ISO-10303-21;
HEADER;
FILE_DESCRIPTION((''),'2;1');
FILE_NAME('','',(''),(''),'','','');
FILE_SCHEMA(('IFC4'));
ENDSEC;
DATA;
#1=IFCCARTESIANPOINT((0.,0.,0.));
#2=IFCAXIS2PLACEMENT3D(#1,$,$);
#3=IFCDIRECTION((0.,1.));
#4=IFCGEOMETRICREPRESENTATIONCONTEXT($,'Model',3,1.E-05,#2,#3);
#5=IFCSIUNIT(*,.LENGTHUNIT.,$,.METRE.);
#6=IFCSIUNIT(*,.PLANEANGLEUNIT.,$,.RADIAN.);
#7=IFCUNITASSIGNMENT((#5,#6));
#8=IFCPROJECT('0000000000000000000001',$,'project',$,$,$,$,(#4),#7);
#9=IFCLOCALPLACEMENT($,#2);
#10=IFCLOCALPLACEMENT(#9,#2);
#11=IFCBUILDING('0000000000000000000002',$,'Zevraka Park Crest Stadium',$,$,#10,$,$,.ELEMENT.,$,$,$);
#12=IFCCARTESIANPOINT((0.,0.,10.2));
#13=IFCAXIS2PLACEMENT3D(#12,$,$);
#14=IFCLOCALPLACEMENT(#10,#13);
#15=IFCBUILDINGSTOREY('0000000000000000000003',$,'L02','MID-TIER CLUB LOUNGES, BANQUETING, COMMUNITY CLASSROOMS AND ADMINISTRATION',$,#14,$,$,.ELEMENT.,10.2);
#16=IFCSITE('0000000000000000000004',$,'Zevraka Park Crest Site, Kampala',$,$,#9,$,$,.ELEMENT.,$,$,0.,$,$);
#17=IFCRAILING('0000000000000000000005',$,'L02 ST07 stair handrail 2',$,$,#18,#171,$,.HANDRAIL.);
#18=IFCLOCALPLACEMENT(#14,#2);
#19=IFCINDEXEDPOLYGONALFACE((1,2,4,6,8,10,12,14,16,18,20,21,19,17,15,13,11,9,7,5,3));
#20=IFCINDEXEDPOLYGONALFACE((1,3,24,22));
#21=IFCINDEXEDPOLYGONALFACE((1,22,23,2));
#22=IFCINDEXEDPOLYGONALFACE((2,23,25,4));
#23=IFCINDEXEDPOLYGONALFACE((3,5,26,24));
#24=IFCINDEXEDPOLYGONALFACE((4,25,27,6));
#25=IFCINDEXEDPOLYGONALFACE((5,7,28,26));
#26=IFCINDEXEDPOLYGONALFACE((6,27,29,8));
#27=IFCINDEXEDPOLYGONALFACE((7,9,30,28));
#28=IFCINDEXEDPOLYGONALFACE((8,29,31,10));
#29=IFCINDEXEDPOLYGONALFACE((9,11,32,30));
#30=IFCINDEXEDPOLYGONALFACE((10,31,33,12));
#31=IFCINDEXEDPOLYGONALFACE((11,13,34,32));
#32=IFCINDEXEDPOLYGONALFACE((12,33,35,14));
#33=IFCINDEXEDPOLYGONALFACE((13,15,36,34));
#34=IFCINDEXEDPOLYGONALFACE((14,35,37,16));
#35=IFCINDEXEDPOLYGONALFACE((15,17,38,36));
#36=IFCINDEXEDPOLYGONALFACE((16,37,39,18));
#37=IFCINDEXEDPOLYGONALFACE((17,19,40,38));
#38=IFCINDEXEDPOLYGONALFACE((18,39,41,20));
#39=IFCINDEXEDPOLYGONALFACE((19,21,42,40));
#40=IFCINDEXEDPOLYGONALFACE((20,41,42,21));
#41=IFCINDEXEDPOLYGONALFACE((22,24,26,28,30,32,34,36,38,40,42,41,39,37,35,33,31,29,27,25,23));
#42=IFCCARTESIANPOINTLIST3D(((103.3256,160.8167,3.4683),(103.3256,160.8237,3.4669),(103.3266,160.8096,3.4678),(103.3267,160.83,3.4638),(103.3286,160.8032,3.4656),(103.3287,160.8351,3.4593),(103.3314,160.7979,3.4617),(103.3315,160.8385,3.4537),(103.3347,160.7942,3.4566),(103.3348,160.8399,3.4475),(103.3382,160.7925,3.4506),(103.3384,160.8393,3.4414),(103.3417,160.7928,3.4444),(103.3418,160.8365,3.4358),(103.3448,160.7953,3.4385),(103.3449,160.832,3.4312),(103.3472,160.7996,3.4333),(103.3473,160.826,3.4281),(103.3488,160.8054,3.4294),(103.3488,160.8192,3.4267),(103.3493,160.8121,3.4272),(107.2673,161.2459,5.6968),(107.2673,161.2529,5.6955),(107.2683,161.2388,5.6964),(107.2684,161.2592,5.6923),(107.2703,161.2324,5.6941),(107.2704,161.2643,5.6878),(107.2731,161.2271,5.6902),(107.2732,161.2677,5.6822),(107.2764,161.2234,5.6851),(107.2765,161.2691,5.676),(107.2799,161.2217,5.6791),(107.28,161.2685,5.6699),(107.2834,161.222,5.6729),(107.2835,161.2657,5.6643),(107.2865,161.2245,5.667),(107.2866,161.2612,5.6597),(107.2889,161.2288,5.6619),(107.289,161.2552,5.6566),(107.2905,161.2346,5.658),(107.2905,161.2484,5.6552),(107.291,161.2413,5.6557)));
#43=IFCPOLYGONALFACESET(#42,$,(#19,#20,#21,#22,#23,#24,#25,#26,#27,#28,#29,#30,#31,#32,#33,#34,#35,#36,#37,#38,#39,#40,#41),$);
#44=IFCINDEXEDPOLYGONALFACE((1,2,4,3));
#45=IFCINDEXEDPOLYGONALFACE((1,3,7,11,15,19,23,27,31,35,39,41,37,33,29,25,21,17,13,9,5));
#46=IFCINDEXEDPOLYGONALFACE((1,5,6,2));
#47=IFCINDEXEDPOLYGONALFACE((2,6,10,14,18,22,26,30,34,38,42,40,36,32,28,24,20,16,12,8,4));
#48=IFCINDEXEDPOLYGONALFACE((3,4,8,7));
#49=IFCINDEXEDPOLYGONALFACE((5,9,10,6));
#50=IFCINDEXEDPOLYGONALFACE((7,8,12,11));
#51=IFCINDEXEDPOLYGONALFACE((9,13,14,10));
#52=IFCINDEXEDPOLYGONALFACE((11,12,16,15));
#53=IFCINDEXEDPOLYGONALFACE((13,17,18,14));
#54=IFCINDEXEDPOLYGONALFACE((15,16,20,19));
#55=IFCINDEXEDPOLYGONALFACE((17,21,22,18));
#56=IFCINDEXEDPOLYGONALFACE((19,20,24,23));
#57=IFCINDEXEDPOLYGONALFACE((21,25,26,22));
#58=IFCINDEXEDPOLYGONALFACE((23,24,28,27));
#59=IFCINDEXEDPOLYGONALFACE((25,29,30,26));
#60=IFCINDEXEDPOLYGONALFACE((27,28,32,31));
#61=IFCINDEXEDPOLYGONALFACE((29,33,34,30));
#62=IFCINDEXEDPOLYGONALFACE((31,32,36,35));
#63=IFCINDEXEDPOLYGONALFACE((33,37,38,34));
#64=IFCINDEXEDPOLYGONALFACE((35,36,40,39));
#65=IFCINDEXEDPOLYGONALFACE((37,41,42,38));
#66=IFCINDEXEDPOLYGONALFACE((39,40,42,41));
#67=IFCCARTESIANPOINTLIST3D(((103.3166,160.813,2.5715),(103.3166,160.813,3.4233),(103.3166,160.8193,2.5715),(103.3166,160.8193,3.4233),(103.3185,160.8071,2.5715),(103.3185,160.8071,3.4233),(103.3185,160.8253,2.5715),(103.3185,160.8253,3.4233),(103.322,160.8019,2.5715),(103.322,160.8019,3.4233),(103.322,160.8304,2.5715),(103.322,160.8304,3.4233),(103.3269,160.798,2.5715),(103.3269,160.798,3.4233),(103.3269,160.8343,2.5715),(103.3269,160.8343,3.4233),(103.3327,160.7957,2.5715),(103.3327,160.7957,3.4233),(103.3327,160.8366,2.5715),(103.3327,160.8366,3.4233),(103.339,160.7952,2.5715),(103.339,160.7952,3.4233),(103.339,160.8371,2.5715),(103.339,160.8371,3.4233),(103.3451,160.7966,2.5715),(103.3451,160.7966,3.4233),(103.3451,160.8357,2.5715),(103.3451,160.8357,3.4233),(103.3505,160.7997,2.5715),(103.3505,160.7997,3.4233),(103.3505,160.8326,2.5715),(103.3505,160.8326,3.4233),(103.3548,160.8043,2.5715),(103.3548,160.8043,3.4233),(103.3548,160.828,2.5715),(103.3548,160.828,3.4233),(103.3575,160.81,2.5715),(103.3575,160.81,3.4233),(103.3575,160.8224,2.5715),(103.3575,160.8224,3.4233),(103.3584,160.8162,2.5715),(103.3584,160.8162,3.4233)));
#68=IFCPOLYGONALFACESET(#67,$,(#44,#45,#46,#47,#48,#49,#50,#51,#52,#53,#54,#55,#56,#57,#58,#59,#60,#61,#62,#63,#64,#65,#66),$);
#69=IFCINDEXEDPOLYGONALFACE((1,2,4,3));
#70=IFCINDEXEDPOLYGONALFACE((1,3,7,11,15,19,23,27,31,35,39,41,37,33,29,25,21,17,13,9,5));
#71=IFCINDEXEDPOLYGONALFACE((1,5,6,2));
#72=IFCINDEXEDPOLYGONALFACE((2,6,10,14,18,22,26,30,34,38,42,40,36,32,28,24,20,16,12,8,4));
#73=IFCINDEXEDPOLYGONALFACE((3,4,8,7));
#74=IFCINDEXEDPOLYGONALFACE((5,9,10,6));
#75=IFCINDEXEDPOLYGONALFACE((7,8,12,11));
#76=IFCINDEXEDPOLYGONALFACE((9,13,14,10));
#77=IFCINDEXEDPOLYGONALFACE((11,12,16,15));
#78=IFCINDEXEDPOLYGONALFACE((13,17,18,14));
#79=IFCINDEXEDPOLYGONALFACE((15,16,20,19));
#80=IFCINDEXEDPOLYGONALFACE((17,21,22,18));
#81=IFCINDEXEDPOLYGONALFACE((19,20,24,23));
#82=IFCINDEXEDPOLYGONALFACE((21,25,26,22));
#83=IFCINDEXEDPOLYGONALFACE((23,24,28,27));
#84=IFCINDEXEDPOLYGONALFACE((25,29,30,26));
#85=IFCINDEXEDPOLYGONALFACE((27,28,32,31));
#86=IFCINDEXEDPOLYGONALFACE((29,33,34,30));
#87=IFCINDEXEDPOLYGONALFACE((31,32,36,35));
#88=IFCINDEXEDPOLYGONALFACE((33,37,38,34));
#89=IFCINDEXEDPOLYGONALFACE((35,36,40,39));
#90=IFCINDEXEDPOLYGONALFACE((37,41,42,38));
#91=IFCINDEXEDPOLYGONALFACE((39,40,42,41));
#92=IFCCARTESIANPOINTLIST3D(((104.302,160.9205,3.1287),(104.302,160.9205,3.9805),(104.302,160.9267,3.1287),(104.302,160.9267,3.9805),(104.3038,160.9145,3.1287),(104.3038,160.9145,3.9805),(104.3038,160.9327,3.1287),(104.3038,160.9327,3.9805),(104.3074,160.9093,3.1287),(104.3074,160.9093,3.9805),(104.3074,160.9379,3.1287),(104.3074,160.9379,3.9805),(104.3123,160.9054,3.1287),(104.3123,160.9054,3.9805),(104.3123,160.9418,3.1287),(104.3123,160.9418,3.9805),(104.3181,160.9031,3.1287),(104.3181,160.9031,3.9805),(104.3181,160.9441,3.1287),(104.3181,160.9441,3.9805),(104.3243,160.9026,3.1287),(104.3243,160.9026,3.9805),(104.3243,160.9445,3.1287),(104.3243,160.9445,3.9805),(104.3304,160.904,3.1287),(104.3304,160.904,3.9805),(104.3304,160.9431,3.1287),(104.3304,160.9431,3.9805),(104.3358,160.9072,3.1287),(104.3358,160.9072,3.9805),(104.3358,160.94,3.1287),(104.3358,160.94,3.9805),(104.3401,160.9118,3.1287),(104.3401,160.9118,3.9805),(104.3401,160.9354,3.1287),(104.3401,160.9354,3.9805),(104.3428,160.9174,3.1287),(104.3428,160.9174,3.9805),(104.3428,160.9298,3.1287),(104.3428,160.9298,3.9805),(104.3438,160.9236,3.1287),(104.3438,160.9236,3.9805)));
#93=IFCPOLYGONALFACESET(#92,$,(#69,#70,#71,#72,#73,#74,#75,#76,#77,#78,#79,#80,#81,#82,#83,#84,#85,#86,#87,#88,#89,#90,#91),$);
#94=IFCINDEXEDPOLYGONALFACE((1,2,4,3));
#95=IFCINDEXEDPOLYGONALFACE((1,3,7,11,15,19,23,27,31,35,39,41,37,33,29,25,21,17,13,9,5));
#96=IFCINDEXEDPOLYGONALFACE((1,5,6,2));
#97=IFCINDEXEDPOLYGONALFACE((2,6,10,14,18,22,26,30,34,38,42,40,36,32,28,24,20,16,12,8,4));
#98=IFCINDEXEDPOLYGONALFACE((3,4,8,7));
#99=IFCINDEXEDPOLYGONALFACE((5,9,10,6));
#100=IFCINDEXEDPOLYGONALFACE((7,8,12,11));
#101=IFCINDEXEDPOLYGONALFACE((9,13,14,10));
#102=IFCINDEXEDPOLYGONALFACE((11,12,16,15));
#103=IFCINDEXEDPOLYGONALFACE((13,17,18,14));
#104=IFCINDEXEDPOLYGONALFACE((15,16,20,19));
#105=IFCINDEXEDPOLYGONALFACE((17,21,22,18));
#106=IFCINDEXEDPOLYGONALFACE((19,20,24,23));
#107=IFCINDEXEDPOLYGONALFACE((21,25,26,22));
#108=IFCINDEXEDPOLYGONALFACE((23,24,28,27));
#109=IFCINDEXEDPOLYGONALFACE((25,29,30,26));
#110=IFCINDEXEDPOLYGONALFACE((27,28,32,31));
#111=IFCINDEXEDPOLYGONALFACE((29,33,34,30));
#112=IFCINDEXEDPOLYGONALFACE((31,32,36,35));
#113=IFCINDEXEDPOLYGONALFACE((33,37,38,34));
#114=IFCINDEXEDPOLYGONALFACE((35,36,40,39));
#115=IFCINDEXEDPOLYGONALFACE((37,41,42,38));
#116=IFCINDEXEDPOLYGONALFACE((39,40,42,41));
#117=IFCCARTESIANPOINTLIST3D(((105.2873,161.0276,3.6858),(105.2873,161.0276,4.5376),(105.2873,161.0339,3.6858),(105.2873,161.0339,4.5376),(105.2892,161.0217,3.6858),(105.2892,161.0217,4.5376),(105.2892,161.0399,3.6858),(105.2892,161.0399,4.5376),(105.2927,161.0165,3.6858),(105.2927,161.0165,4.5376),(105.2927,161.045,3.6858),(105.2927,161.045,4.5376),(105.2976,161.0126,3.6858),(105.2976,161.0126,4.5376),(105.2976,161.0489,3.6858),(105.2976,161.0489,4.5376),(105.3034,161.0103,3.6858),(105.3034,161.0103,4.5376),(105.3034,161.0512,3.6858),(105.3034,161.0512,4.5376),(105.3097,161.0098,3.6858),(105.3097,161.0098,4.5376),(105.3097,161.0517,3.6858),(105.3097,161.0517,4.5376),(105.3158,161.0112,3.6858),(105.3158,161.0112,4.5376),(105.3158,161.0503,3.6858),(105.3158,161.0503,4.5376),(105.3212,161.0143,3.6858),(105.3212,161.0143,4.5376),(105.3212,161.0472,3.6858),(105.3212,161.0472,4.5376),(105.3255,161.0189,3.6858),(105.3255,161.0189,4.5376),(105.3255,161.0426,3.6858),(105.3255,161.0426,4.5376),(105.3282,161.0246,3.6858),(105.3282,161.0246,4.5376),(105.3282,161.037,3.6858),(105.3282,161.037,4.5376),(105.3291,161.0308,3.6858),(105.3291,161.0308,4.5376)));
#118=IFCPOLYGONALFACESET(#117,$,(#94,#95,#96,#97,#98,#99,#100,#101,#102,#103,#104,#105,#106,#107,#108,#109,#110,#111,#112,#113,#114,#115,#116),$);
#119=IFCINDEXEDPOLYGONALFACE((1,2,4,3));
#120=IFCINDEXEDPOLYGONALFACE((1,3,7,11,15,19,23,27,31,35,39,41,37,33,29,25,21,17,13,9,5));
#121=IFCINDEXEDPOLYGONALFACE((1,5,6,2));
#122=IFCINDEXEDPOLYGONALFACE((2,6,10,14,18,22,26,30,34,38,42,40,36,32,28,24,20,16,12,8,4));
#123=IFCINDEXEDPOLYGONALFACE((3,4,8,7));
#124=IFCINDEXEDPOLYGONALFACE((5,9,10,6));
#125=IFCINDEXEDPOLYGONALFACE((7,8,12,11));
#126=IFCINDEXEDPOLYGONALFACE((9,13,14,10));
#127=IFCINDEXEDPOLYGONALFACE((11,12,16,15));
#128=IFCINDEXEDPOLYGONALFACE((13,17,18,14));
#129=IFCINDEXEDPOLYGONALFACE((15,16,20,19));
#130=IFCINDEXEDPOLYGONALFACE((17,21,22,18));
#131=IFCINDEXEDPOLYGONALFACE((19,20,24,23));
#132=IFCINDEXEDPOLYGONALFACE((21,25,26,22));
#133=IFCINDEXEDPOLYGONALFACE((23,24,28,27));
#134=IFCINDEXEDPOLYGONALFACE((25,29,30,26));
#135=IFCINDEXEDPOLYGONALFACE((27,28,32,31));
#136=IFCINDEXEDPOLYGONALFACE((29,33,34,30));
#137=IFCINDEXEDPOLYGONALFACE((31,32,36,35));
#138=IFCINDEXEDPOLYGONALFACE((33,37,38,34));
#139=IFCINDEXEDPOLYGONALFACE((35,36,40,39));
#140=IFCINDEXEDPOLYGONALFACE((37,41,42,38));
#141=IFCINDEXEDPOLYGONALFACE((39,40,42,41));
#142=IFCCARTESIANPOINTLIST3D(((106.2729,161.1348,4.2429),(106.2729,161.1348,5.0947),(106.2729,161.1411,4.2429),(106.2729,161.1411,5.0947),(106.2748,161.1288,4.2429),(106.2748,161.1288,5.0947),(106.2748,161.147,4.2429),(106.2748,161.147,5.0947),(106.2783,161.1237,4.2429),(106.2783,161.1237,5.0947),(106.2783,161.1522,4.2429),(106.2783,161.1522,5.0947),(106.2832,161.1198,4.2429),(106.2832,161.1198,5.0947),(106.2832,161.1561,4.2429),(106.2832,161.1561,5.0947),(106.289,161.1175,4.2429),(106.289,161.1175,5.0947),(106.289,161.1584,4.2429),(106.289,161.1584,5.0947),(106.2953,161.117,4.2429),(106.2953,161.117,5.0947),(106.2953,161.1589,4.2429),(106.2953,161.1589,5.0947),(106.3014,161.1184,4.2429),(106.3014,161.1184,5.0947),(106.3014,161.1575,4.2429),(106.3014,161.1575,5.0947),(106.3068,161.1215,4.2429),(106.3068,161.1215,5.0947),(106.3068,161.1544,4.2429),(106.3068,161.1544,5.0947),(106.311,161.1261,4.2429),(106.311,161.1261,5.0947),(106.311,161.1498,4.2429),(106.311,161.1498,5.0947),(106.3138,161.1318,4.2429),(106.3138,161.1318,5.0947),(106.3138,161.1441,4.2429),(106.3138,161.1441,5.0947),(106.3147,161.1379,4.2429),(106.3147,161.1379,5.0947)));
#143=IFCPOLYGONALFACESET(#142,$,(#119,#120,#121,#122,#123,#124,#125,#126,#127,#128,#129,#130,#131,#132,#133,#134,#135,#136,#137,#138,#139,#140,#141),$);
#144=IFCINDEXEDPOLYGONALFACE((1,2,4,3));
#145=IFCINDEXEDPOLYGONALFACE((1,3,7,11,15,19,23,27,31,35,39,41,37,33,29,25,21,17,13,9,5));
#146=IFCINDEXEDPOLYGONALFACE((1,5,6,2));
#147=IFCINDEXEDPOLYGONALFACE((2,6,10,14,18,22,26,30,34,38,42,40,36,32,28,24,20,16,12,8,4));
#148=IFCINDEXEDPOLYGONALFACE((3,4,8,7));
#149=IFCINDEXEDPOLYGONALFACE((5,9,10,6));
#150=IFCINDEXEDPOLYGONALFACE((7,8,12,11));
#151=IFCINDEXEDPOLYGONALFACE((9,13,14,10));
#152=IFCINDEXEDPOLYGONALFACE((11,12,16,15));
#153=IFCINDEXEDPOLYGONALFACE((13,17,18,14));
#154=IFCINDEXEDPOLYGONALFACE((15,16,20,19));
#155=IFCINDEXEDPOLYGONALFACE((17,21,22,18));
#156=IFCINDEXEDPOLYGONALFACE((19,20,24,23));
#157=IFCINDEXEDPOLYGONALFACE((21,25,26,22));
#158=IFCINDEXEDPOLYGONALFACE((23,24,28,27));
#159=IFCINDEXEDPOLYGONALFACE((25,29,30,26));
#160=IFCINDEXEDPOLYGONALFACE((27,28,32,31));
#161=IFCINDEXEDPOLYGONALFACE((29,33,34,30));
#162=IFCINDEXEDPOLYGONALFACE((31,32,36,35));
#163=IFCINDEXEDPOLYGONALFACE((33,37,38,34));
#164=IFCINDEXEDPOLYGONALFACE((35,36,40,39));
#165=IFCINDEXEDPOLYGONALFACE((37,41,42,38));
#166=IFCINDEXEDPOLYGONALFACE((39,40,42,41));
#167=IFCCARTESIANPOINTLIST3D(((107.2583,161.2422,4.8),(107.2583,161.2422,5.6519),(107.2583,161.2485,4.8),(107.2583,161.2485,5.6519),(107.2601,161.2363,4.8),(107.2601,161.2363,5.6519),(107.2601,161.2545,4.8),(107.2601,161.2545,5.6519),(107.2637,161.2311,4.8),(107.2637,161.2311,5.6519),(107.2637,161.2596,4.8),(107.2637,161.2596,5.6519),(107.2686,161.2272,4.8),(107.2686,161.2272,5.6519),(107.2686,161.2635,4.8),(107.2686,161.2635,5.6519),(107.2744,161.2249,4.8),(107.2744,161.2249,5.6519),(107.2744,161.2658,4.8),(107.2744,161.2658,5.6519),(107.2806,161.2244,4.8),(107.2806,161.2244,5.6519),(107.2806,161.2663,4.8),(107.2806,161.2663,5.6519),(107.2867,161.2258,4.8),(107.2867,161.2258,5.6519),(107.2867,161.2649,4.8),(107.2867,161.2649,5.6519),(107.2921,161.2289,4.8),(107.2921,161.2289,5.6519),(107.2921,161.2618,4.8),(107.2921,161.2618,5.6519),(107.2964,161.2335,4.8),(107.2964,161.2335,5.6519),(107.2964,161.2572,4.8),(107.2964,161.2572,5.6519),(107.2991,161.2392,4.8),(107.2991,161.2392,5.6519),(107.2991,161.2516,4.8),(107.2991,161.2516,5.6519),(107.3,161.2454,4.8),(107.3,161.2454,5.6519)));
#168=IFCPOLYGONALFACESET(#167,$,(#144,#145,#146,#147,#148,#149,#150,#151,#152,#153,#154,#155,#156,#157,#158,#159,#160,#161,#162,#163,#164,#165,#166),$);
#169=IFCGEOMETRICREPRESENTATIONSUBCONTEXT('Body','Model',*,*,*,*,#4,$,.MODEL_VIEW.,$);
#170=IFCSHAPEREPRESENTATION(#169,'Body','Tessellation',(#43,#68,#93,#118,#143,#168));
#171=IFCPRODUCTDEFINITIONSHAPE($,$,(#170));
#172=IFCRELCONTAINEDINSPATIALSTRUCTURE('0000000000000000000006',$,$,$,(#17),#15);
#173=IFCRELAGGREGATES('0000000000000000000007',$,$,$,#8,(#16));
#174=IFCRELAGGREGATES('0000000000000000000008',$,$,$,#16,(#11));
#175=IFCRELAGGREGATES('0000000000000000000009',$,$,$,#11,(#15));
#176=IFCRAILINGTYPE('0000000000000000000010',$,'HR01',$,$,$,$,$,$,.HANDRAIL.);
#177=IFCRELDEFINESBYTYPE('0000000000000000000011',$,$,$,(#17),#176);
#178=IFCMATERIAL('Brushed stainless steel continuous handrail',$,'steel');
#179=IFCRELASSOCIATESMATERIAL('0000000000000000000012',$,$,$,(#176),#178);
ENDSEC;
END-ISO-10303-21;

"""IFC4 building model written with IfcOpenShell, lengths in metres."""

from ifc_helpers import new_model, si_unit, direction, frame, origin, origin_2d, place, context, subcontext, project, spatial, circle, extrude, material, type_object, element, save


model = new_model("IFC4")

# Units and contexts
model_context = context("Model", 3, precision=1e-05, world=origin(), true_north=direction((0.0, 1.0)))
body_context = subcontext(model_context, "Body", "Model", "MODEL_VIEW")
ifc_project = project(units=[si_unit("LENGTHUNIT", "METRE"), si_unit("PLANEANGLEUNIT", "RADIAN")], contexts=[model_context])

# Site, building, storey
site_placement = place(None, origin())
site = spatial("IfcSite", under=ifc_project, at=site_placement, Name="Zevraka Park Crest Site, Kampala", CompositionType="ELEMENT", RefElevation=0.0)
building_placement = place(site_placement, origin())
building = spatial("IfcBuilding", under=site, at=building_placement, Name="Zevraka Park Crest Stadium", CompositionType="ELEMENT")
storey_placement = place(building_placement, frame((0.0, 0.0, 10.2)))
storey = spatial("IfcBuildingStorey", under=building, at=storey_placement, Name="L02", Description="MID-TIER CLUB LOUNGES, BANQUETING, COMMUNITY CLASSROOMS AND ADMINISTRATION", CompositionType="ELEMENT", Elevation=10.2)

# Railing
ifc_material_1 = material(Name="Brushed stainless steel continuous handrail", Category="steel")
railing_type_1 = type_object("IfcRailingType", Name="HR01", PredefinedType="HANDRAIL", material=ifc_material_1)
railing_1_placement = place(storey_placement, frame((103.3374, 160.8162, 2.5715)))
element("IfcRailing", 1, at=railing_1_placement, inside=storey, type_object=railing_type_1, Name="L02 ST07 stair handrail 2", PredefinedType="HANDRAIL", context=body_context, shape_type="SweptSolid", body=[
    extrude(circle(Radius=0.0239, at=origin_2d()), frame((0.0, 0.0, 0.876), z_axis=(0.866619, 0.094365, 0.489966), x_axis=(-0.108248, 0.994124, 0.0)), (0.0, 0.0, 1.0), 4.5483),
    extrude(circle(Radius=0.021, at=origin_2d()), origin(), (0.0, 0.0, 1.0), 0.8518),
    extrude(circle(Radius=0.021, at=origin_2d()), frame((0.9854, 0.1074, 0.5571)), (0.0, 0.0, 1.0), 0.8518),
    extrude(circle(Radius=0.021, at=origin_2d()), frame((1.9707, 0.2146, 1.1143)), (0.0, 0.0, 1.0), 0.8518),
    extrude(circle(Radius=0.021, at=origin_2d()), frame((2.9563, 0.3218, 1.6714)), (0.0, 0.0, 1.0), 0.8518),
    extrude(circle(Radius=0.021, at=origin_2d()), frame((3.9417, 0.4292, 2.2285)), (0.0, 0.0, 1.0), 0.8518),
])

save(model, "model.ifc")
